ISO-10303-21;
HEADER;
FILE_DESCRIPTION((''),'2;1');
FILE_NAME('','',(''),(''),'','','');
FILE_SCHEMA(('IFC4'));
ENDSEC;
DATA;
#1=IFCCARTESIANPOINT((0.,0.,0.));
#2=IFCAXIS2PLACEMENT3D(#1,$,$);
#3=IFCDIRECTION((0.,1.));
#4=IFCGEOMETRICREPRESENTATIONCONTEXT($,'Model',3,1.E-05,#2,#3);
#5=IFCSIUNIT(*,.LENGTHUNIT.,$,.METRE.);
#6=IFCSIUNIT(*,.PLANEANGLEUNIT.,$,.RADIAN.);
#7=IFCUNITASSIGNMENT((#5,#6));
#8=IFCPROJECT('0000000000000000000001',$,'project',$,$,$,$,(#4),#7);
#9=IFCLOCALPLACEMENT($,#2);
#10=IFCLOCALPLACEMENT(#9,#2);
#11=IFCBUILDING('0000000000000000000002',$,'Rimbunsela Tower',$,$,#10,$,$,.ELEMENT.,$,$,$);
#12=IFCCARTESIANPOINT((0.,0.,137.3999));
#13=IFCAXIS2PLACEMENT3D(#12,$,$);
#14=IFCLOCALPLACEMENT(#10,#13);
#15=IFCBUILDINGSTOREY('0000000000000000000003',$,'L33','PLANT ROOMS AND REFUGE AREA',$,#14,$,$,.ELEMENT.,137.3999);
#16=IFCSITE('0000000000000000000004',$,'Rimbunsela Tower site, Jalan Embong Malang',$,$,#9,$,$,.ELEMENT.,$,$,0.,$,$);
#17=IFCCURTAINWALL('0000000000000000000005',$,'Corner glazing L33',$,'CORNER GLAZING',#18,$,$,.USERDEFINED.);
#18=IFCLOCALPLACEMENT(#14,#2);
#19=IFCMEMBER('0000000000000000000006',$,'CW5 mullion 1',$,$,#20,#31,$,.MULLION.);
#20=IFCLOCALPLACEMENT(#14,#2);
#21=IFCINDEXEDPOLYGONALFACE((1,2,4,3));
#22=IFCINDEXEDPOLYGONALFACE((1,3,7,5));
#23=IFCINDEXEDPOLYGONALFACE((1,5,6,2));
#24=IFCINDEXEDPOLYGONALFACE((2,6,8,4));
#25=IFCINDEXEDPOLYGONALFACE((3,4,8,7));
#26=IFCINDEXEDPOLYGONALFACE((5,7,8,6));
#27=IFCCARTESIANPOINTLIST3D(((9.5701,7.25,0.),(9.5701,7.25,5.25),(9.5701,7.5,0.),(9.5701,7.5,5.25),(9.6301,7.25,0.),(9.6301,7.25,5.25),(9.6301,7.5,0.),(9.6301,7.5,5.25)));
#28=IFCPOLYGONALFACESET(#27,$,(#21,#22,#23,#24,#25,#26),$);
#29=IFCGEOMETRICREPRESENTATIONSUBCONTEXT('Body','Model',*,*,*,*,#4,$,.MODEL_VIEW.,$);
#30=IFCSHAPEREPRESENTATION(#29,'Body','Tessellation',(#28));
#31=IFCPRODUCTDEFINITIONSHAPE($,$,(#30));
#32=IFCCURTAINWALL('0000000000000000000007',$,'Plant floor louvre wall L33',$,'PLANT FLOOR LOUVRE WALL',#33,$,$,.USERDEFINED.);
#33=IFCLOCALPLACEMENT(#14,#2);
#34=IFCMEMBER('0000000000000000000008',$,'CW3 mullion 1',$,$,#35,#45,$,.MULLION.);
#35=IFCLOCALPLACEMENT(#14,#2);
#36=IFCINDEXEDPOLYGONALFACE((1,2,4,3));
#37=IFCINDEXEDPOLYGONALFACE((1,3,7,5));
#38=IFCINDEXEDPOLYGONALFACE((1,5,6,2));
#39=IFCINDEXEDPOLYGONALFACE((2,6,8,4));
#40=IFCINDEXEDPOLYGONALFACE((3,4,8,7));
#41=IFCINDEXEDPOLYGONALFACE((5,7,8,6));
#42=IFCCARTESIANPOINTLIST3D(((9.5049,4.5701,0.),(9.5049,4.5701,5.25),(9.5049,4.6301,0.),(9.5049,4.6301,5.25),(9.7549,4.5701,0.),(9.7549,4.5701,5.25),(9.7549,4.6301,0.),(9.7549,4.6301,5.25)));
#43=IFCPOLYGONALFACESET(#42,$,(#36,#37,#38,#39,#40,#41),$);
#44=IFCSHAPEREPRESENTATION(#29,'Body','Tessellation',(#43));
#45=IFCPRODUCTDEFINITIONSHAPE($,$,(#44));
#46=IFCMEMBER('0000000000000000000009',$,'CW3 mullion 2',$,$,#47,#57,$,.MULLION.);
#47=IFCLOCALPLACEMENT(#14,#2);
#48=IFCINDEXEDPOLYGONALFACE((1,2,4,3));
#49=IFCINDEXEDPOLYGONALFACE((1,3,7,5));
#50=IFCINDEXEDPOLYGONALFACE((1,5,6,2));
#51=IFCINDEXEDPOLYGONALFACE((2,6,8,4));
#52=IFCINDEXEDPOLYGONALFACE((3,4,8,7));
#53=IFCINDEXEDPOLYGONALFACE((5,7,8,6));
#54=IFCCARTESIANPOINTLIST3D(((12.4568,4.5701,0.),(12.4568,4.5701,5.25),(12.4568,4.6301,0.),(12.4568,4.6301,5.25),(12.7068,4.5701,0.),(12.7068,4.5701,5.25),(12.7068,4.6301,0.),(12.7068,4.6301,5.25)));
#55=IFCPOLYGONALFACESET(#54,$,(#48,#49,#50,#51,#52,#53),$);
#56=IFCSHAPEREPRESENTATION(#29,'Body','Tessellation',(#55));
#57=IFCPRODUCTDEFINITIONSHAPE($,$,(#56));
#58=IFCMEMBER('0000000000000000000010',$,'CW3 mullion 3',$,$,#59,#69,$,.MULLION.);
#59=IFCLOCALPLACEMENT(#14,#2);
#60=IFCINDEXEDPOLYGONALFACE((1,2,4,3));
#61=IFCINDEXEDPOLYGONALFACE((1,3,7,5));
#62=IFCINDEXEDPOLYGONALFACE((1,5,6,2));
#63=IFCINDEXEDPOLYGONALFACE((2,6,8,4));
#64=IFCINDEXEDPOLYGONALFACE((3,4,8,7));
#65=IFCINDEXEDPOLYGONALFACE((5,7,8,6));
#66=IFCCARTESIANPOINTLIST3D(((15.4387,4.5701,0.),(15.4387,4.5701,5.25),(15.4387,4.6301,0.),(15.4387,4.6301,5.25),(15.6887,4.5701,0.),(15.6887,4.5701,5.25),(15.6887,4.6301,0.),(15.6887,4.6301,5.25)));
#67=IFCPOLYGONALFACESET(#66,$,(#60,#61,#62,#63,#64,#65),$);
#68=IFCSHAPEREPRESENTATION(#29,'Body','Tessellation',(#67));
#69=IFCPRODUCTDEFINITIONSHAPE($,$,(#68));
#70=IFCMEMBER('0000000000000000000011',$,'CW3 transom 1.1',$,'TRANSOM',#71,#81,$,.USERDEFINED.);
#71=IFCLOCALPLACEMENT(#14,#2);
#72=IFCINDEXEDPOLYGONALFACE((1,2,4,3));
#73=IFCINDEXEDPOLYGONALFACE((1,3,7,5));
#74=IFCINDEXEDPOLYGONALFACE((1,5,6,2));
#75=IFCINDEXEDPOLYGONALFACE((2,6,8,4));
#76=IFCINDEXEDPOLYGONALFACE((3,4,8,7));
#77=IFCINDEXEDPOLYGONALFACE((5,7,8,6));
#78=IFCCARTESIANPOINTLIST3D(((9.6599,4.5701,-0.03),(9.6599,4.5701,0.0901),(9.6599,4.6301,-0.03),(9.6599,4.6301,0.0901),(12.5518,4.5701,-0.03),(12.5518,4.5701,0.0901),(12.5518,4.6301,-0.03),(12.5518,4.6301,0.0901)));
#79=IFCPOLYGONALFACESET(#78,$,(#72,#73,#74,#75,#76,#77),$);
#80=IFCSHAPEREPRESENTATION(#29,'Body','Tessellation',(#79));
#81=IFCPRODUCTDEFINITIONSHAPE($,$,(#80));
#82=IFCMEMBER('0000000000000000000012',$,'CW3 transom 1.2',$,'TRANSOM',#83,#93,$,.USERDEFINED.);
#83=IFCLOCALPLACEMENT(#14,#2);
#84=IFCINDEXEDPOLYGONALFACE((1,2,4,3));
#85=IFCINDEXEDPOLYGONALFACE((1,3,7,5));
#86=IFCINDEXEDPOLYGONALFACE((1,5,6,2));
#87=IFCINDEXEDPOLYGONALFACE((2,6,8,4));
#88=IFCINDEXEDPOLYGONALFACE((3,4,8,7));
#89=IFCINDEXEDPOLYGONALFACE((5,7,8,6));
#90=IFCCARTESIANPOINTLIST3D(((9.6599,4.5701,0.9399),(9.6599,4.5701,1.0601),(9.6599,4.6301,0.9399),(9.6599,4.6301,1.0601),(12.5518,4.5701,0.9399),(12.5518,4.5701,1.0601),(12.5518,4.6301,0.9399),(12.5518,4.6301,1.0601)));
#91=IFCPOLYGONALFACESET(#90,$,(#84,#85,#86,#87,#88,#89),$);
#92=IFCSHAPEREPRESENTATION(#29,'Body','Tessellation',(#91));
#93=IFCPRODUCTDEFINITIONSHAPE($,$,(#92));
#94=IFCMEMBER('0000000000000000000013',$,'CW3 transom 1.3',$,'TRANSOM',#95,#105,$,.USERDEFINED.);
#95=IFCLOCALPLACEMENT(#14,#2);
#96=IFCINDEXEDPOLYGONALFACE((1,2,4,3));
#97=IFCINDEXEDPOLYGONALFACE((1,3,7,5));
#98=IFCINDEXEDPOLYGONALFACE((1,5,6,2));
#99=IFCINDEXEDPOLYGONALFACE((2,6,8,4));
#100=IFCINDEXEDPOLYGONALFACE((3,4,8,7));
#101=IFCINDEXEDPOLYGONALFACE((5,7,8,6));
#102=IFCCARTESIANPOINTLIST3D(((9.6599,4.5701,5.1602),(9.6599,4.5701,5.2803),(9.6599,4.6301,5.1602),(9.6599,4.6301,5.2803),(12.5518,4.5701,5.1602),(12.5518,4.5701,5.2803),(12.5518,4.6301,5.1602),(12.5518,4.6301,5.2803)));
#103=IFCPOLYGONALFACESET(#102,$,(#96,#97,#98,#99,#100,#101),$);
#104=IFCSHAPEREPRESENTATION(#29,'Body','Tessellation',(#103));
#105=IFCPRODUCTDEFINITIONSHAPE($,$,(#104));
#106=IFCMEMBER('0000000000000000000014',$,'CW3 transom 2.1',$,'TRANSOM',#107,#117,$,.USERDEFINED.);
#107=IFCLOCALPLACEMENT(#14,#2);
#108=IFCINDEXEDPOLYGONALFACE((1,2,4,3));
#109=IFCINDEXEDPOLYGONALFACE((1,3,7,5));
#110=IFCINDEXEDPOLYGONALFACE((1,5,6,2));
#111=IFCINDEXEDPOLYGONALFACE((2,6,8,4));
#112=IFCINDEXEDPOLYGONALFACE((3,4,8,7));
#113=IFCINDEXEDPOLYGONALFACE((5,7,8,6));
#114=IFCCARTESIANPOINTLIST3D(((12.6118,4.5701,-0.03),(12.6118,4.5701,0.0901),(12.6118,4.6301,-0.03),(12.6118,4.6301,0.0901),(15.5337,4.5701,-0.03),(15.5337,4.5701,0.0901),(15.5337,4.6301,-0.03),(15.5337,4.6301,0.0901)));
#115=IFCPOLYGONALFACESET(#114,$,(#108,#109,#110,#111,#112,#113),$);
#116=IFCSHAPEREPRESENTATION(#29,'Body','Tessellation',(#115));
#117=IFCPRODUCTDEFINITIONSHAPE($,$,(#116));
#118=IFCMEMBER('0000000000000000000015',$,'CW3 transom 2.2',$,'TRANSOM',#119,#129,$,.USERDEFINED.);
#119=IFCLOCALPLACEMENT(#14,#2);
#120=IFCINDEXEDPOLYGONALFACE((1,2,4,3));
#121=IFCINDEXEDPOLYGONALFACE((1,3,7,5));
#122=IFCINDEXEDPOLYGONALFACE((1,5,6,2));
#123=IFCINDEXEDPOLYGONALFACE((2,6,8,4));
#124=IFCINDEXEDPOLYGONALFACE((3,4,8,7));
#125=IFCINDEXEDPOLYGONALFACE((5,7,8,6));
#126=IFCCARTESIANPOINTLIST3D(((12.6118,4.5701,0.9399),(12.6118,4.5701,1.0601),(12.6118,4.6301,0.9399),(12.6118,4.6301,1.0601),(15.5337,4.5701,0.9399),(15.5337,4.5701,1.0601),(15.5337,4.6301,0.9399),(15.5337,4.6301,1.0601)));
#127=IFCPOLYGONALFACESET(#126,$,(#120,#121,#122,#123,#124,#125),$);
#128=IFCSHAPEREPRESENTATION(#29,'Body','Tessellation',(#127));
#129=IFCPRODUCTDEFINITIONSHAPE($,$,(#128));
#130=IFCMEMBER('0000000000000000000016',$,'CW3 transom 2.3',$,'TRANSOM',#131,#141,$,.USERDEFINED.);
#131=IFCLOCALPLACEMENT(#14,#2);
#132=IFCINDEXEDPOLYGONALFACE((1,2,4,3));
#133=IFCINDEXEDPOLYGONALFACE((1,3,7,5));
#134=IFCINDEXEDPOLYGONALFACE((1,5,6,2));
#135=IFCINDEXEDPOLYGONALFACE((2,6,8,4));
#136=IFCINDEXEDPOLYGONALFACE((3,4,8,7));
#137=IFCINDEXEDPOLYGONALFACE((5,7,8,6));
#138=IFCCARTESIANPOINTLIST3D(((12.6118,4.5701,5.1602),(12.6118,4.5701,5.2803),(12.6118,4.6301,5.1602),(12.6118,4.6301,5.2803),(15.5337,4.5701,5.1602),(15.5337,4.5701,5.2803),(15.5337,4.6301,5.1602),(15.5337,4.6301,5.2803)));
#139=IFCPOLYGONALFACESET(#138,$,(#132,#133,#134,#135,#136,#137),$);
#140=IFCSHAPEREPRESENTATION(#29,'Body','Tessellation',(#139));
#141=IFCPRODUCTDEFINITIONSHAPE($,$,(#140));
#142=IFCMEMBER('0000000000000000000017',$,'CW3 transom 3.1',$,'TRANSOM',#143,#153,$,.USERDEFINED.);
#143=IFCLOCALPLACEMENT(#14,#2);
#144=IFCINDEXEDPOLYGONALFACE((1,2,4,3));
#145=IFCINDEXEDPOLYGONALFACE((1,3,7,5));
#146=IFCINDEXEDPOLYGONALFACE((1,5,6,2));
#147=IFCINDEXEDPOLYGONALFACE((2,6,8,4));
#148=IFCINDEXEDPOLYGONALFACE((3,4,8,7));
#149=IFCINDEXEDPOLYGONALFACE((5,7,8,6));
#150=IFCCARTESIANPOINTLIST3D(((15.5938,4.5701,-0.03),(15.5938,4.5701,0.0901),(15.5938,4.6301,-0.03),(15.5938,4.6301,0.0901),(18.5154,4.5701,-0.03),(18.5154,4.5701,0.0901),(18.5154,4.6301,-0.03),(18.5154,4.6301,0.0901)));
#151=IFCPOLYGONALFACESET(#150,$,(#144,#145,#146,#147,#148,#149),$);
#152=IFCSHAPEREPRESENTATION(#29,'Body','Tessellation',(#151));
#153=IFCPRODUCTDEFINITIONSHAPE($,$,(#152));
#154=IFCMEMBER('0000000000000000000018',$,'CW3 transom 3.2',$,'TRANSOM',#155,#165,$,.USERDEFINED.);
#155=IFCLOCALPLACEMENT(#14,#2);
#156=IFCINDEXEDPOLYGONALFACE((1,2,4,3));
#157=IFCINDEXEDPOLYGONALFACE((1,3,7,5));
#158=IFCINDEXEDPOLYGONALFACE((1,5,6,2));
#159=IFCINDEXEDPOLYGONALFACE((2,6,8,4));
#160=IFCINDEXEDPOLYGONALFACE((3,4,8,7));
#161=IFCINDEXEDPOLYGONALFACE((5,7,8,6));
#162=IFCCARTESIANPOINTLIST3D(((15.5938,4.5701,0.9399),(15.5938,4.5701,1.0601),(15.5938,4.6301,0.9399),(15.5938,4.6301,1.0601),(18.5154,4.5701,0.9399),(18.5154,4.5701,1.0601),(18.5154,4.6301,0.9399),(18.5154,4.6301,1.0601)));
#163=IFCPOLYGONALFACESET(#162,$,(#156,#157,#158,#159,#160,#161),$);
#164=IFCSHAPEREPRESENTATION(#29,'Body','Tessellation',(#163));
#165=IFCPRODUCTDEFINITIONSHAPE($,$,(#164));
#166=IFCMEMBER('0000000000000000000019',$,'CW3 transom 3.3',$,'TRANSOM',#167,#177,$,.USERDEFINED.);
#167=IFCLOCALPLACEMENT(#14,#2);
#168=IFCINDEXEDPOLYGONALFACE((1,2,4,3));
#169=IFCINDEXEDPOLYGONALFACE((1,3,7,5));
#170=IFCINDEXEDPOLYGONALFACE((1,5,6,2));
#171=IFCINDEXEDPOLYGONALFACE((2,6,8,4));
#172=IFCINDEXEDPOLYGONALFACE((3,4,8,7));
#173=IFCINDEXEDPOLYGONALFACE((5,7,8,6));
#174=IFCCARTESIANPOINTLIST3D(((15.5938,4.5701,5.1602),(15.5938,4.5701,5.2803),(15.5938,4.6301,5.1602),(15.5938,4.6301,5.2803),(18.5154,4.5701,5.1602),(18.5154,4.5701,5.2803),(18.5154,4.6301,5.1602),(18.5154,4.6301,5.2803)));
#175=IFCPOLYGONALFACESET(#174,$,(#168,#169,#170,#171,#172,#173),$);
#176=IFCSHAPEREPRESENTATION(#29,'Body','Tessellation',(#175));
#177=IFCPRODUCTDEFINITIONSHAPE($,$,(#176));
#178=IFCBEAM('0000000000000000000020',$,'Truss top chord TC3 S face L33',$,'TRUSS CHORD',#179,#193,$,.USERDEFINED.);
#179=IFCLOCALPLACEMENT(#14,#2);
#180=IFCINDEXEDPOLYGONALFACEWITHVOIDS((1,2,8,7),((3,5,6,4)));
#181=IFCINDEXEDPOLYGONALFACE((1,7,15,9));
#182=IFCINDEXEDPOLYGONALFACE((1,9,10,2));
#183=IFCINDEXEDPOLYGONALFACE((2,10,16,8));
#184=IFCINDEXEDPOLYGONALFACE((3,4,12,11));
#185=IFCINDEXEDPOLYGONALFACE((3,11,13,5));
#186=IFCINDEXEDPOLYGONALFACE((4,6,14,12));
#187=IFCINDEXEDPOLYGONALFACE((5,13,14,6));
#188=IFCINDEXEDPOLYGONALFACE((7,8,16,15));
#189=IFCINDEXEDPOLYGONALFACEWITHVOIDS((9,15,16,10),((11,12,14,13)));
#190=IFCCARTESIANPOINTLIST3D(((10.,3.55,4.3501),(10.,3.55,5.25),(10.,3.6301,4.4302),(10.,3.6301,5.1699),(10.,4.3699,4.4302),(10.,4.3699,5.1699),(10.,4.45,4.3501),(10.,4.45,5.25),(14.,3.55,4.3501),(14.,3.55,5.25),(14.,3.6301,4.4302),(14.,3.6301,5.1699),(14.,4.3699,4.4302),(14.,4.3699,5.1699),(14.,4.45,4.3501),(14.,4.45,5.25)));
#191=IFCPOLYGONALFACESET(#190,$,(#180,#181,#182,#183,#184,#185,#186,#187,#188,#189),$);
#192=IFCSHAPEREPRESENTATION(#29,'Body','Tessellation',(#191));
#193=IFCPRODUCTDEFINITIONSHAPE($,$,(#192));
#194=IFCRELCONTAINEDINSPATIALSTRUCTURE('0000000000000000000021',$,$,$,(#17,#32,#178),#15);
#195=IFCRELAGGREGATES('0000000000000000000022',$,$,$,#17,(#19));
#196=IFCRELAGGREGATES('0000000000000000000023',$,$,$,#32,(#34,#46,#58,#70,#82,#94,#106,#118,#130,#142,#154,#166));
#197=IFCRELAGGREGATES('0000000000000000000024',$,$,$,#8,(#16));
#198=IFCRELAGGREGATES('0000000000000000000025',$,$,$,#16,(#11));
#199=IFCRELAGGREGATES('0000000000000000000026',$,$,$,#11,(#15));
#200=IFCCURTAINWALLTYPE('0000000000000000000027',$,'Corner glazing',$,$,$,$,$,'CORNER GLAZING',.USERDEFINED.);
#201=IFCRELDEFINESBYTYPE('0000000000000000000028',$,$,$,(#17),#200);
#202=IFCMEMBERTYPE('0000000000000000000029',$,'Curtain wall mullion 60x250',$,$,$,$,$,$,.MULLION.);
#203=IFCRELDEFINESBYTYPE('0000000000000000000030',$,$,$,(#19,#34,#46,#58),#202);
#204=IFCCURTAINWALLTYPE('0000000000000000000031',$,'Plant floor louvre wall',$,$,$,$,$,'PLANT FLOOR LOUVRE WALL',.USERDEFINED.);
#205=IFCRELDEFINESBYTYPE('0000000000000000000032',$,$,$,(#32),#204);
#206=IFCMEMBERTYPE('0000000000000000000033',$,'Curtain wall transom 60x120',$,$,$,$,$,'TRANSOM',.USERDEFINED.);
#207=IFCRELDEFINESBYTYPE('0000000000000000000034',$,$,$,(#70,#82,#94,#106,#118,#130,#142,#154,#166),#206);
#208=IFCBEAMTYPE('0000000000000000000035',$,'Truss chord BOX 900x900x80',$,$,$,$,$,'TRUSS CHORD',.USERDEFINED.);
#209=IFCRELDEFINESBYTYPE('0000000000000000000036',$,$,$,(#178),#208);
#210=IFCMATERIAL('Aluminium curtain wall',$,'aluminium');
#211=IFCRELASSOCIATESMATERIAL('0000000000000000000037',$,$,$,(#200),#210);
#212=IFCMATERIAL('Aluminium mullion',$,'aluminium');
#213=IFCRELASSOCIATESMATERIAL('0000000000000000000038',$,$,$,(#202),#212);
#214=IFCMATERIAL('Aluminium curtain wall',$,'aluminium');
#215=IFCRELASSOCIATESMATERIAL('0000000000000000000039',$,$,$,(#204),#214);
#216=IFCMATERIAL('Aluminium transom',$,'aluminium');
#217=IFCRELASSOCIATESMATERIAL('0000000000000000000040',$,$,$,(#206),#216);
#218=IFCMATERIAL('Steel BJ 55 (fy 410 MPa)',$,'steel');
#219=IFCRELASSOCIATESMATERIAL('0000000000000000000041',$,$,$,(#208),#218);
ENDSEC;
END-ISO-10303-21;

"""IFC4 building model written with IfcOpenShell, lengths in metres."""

from ifc_helpers import new_model, si_unit, direction, frame, origin, origin_2d, place, context, subcontext, project, spatial, rectangle, hollow_rectangle, extrude, material, material_profile, profile_set, type_object, element, aggregate, save


model = new_model("IFC4")

# Units and contexts
model_context = context("Model", 3, precision=1e-05, world=origin(), true_north=direction((0.0, 1.0)))
body_context = subcontext(model_context, "Body", "Model", "MODEL_VIEW")
ifc_project = project(units=[si_unit("LENGTHUNIT", "METRE"), si_unit("PLANEANGLEUNIT", "RADIAN")], contexts=[model_context])

# Site, building, storey
site_placement = place(None, origin())
site = spatial("IfcSite", under=ifc_project, at=site_placement, Name="Rimbunsela Tower site, Jalan Embong Malang", CompositionType="ELEMENT", RefElevation=0.0)
building_placement = place(site_placement, origin())
building = spatial("IfcBuilding", under=site, at=building_placement, Name="Rimbunsela Tower", CompositionType="ELEMENT")
storey_placement = place(building_placement, frame((0.0, 0.0, 137.3999)))
storey = spatial("IfcBuildingStorey", under=building, at=storey_placement, Name="L33", Description="PLANT ROOMS AND REFUGE AREA", CompositionType="ELEMENT", Elevation=137.3999)

# Curtain wall, member
ifc_material_1 = material(Name="Aluminium curtain wall", Category="aluminium")
curtain_wall_type_1 = type_object("IfcCurtainWallType", Name="Corner glazing", ElementType="CORNER GLAZING", PredefinedType="USERDEFINED", material=ifc_material_1)
curtain_wall_1_placement = place(storey_placement, origin())
curtain_wall_1 = element("IfcCurtainWall", 1, at=curtain_wall_1_placement, inside=storey, type_object=curtain_wall_type_1, Name="Corner glazing L33", ObjectType="CORNER GLAZING", PredefinedType="USERDEFINED")
ifc_material_2 = material(Name="Aluminium mullion", Category="aluminium")
ifc_material_profile_1 = material_profile(ifc_material_2, rectangle(XDim=0.0601, YDim=0.25, at=origin_2d()), Name="Mullion 60x250")
ifc_profile_set_1 = profile_set([ifc_material_profile_1], Name="Aluminium mullion")
member_type_1 = type_object("IfcMemberType", Name="Curtain wall mullion 60x250", PredefinedType="MULLION", material=ifc_profile_set_1)
member_1_placement = place(storey_placement, frame((9.6001, 7.375, 0.0), z_axis=(0.0, 0.0, 1.0), x_axis=(1.0, 0.0, 0.0)))
member_1 = element("IfcMember", 2, at=member_1_placement, type_object=member_type_1, Name="CW5 mullion 1", PredefinedType="MULLION", context=body_context, shape_type="SweptSolid", body=[
    extrude(rectangle(XDim=0.0601, YDim=0.25, at=origin_2d()), origin(), (0.0, 0.0, 1.0), 5.25),
])
aggregate(curtain_wall_1, [member_1])

# Curtain wall, members
ifc_material_3 = material(Name="Aluminium curtain wall", Category="aluminium")
curtain_wall_type_2 = type_object("IfcCurtainWallType", Name="Plant floor louvre wall", ElementType="PLANT FLOOR LOUVRE WALL", PredefinedType="USERDEFINED", material=ifc_material_3)
curtain_wall_2_placement = place(storey_placement, origin())
curtain_wall_2 = element("IfcCurtainWall", 3, at=curtain_wall_2_placement, inside=storey, type_object=curtain_wall_type_2, Name="Plant floor louvre wall L33", ObjectType="PLANT FLOOR LOUVRE WALL", PredefinedType="USERDEFINED")
member_2_placement = place(storey_placement, frame((9.6299, 4.6001, 0.0), z_axis=(0.0, 0.0, 1.0), x_axis=(0.0, 1.0, 0.0)))
member_2 = element("IfcMember", 4, at=member_2_placement, type_object=member_type_1, Name="CW3 mullion 1", PredefinedType="MULLION", context=body_context, shape_type="SweptSolid", body=[
    extrude(rectangle(XDim=0.0601, YDim=0.25, at=origin_2d()), origin(), (0.0, 0.0, 1.0), 5.25),
])
member_3_placement = place(storey_placement, frame((12.5818, 4.6001, 0.0), z_axis=(0.0, 0.0, 1.0), x_axis=(0.0, 1.0, 0.0)))
member_3 = element("IfcMember", 5, at=member_3_placement, type_object=member_type_1, Name="CW3 mullion 2", PredefinedType="MULLION", context=body_context, shape_type="SweptSolid", body=[
    extrude(rectangle(XDim=0.0601, YDim=0.25, at=origin_2d()), origin(), (0.0, 0.0, 1.0), 5.25),
])
member_4_placement = place(storey_placement, frame((15.5637, 4.6001, 0.0), z_axis=(0.0, 0.0, 1.0), x_axis=(0.0, 1.0, 0.0)))
member_4 = element("IfcMember", 6, at=member_4_placement, type_object=member_type_1, Name="CW3 mullion 3", PredefinedType="MULLION", context=body_context, shape_type="SweptSolid", body=[
    extrude(rectangle(XDim=0.0601, YDim=0.25, at=origin_2d()), origin(), (0.0, 0.0, 1.0), 5.25),
])
ifc_material_4 = material(Name="Aluminium transom", Category="aluminium")
ifc_material_profile_2 = material_profile(ifc_material_4, rectangle(XDim=0.0601, YDim=0.1201, at=origin_2d()), Name="Transom 60x120")
ifc_profile_set_2 = profile_set([ifc_material_profile_2], Name="Aluminium transom")
member_type_2 = type_object("IfcMemberType", Name="Curtain wall transom 60x120", ElementType="TRANSOM", PredefinedType="USERDEFINED", material=ifc_profile_set_2)
member_5_placement = place(storey_placement, frame((9.6599, 4.6001, 0.03), z_axis=(1.0, 0.0, 0.0), x_axis=(0.0, 1.0, 0.0)))
member_5 = element("IfcMember", 7, at=member_5_placement, type_object=member_type_2, Name="CW3 transom 1.1", ObjectType="TRANSOM", PredefinedType="USERDEFINED", context=body_context, shape_type="SweptSolid", body=[
    extrude(rectangle(XDim=0.0601, YDim=0.1201, at=origin_2d()), origin(), (0.0, 0.0, 1.0), 2.8918),
])
member_6_placement = place(storey_placement, frame((9.6599, 4.6001, 1.0), z_axis=(1.0, 0.0, 0.0), x_axis=(0.0, 1.0, 0.0)))
member_6 = element("IfcMember", 8, at=member_6_placement, type_object=member_type_2, Name="CW3 transom 1.2", ObjectType="TRANSOM", PredefinedType="USERDEFINED", context=body_context, shape_type="SweptSolid", body=[
    extrude(rectangle(XDim=0.0601, YDim=0.1201, at=origin_2d()), origin(), (0.0, 0.0, 1.0), 2.8918),
])
member_7_placement = place(storey_placement, frame((9.6599, 4.6001, 5.2202), z_axis=(1.0, 0.0, 0.0), x_axis=(0.0, 1.0, 0.0)))
member_7 = element("IfcMember", 9, at=member_7_placement, type_object=member_type_2, Name="CW3 transom 1.3", ObjectType="TRANSOM", PredefinedType="USERDEFINED", context=body_context, shape_type="SweptSolid", body=[
    extrude(rectangle(XDim=0.0601, YDim=0.1201, at=origin_2d()), origin(), (0.0, 0.0, 1.0), 2.8918),
])
member_8_placement = place(storey_placement, frame((12.6118, 4.6001, 0.03), z_axis=(1.0, 0.0, 0.0), x_axis=(0.0, 1.0, 0.0)))
member_8 = element("IfcMember", 10, at=member_8_placement, type_object=member_type_2, Name="CW3 transom 2.1", ObjectType="TRANSOM", PredefinedType="USERDEFINED", context=body_context, shape_type="SweptSolid", body=[
    extrude(rectangle(XDim=0.0601, YDim=0.1201, at=origin_2d()), origin(), (0.0, 0.0, 1.0), 2.9219),
])
member_9_placement = place(storey_placement, frame((12.6118, 4.6001, 1.0), z_axis=(1.0, 0.0, 0.0), x_axis=(0.0, 1.0, 0.0)))
member_9 = element("IfcMember", 11, at=member_9_placement, type_object=member_type_2, Name="CW3 transom 2.2", ObjectType="TRANSOM", PredefinedType="USERDEFINED", context=body_context, shape_type="SweptSolid", body=[
    extrude(rectangle(XDim=0.0601, YDim=0.1201, at=origin_2d()), origin(), (0.0, 0.0, 1.0), 2.9219),
])
member_10_placement = place(storey_placement, frame((12.6118, 4.6001, 5.2202), z_axis=(1.0, 0.0, 0.0), x_axis=(0.0, 1.0, 0.0)))
member_10 = element("IfcMember", 12, at=member_10_placement, type_object=member_type_2, Name="CW3 transom 2.3", ObjectType="TRANSOM", PredefinedType="USERDEFINED", context=body_context, shape_type="SweptSolid", body=[
    extrude(rectangle(XDim=0.0601, YDim=0.1201, at=origin_2d()), origin(), (0.0, 0.0, 1.0), 2.9219),
])
member_11_placement = place(storey_placement, frame((15.5938, 4.6001, 0.03), z_axis=(1.0, 0.0, 0.0), x_axis=(0.0, 1.0, 0.0)))
member_11 = element("IfcMember", 13, at=member_11_placement, type_object=member_type_2, Name="CW3 transom 3.1", ObjectType="TRANSOM", PredefinedType="USERDEFINED", context=body_context, shape_type="SweptSolid", body=[
    extrude(rectangle(XDim=0.0601, YDim=0.1201, at=origin_2d()), origin(), (0.0, 0.0, 1.0), 2.9216),
])
member_12_placement = place(storey_placement, frame((15.5938, 4.6001, 1.0), z_axis=(1.0, 0.0, 0.0), x_axis=(0.0, 1.0, 0.0)))
member_12 = element("IfcMember", 14, at=member_12_placement, type_object=member_type_2, Name="CW3 transom 3.2", ObjectType="TRANSOM", PredefinedType="USERDEFINED", context=body_context, shape_type="SweptSolid", body=[
    extrude(rectangle(XDim=0.0601, YDim=0.1201, at=origin_2d()), origin(), (0.0, 0.0, 1.0), 2.9216),
])
member_13_placement = place(storey_placement, frame((15.5938, 4.6001, 5.2202), z_axis=(1.0, 0.0, 0.0), x_axis=(0.0, 1.0, 0.0)))
member_13 = element("IfcMember", 15, at=member_13_placement, type_object=member_type_2, Name="CW3 transom 3.3", ObjectType="TRANSOM", PredefinedType="USERDEFINED", context=body_context, shape_type="SweptSolid", body=[
    extrude(rectangle(XDim=0.0601, YDim=0.1201, at=origin_2d()), origin(), (0.0, 0.0, 1.0), 2.9216),
])

# Beam
ifc_material_5 = material(Name="Steel BJ 55 (fy 410 MPa)", Category="steel")
ifc_material_profile_3 = material_profile(ifc_material_5, hollow_rectangle(XDim=0.8999, YDim=0.8999, WallThickness=0.0801, at=origin_2d()), Name="BOX 900x900x80")
ifc_profile_set_3 = profile_set([ifc_material_profile_3], Name="Steel BJ 55 (fy 410 MPa)")
beam_type_1 = type_object("IfcBeamType", Name="Truss chord BOX 900x900x80", ElementType="TRUSS CHORD", PredefinedType="USERDEFINED", material=ifc_profile_set_3)
for number, where, z_axis, x_axis, name in (
    (16, (10.0, 4.0, 4.8), (1.0, 0.0, 0.0), (0.0, 1.0, 0.0), "Truss top chord TC3 S face L33"),
):
    element("IfcBeam", number, at=place(storey_placement, frame(where, z_axis=z_axis, x_axis=x_axis)), inside=storey, type_object=beam_type_1, Name=name, ObjectType="TRUSS CHORD", PredefinedType="USERDEFINED", context=body_context, shape_type="SweptSolid", body=[
        extrude(hollow_rectangle(XDim=0.8999, YDim=0.8999, WallThickness=0.0801, at=origin_2d()), origin(), (0.0, 0.0, 1.0), 4.0),
    ])

aggregate(curtain_wall_2, [member_2, member_3, member_4, member_5, member_6, member_7, member_8, member_9, member_10, member_11, member_12, member_13])

save(model, "model.ifc")
